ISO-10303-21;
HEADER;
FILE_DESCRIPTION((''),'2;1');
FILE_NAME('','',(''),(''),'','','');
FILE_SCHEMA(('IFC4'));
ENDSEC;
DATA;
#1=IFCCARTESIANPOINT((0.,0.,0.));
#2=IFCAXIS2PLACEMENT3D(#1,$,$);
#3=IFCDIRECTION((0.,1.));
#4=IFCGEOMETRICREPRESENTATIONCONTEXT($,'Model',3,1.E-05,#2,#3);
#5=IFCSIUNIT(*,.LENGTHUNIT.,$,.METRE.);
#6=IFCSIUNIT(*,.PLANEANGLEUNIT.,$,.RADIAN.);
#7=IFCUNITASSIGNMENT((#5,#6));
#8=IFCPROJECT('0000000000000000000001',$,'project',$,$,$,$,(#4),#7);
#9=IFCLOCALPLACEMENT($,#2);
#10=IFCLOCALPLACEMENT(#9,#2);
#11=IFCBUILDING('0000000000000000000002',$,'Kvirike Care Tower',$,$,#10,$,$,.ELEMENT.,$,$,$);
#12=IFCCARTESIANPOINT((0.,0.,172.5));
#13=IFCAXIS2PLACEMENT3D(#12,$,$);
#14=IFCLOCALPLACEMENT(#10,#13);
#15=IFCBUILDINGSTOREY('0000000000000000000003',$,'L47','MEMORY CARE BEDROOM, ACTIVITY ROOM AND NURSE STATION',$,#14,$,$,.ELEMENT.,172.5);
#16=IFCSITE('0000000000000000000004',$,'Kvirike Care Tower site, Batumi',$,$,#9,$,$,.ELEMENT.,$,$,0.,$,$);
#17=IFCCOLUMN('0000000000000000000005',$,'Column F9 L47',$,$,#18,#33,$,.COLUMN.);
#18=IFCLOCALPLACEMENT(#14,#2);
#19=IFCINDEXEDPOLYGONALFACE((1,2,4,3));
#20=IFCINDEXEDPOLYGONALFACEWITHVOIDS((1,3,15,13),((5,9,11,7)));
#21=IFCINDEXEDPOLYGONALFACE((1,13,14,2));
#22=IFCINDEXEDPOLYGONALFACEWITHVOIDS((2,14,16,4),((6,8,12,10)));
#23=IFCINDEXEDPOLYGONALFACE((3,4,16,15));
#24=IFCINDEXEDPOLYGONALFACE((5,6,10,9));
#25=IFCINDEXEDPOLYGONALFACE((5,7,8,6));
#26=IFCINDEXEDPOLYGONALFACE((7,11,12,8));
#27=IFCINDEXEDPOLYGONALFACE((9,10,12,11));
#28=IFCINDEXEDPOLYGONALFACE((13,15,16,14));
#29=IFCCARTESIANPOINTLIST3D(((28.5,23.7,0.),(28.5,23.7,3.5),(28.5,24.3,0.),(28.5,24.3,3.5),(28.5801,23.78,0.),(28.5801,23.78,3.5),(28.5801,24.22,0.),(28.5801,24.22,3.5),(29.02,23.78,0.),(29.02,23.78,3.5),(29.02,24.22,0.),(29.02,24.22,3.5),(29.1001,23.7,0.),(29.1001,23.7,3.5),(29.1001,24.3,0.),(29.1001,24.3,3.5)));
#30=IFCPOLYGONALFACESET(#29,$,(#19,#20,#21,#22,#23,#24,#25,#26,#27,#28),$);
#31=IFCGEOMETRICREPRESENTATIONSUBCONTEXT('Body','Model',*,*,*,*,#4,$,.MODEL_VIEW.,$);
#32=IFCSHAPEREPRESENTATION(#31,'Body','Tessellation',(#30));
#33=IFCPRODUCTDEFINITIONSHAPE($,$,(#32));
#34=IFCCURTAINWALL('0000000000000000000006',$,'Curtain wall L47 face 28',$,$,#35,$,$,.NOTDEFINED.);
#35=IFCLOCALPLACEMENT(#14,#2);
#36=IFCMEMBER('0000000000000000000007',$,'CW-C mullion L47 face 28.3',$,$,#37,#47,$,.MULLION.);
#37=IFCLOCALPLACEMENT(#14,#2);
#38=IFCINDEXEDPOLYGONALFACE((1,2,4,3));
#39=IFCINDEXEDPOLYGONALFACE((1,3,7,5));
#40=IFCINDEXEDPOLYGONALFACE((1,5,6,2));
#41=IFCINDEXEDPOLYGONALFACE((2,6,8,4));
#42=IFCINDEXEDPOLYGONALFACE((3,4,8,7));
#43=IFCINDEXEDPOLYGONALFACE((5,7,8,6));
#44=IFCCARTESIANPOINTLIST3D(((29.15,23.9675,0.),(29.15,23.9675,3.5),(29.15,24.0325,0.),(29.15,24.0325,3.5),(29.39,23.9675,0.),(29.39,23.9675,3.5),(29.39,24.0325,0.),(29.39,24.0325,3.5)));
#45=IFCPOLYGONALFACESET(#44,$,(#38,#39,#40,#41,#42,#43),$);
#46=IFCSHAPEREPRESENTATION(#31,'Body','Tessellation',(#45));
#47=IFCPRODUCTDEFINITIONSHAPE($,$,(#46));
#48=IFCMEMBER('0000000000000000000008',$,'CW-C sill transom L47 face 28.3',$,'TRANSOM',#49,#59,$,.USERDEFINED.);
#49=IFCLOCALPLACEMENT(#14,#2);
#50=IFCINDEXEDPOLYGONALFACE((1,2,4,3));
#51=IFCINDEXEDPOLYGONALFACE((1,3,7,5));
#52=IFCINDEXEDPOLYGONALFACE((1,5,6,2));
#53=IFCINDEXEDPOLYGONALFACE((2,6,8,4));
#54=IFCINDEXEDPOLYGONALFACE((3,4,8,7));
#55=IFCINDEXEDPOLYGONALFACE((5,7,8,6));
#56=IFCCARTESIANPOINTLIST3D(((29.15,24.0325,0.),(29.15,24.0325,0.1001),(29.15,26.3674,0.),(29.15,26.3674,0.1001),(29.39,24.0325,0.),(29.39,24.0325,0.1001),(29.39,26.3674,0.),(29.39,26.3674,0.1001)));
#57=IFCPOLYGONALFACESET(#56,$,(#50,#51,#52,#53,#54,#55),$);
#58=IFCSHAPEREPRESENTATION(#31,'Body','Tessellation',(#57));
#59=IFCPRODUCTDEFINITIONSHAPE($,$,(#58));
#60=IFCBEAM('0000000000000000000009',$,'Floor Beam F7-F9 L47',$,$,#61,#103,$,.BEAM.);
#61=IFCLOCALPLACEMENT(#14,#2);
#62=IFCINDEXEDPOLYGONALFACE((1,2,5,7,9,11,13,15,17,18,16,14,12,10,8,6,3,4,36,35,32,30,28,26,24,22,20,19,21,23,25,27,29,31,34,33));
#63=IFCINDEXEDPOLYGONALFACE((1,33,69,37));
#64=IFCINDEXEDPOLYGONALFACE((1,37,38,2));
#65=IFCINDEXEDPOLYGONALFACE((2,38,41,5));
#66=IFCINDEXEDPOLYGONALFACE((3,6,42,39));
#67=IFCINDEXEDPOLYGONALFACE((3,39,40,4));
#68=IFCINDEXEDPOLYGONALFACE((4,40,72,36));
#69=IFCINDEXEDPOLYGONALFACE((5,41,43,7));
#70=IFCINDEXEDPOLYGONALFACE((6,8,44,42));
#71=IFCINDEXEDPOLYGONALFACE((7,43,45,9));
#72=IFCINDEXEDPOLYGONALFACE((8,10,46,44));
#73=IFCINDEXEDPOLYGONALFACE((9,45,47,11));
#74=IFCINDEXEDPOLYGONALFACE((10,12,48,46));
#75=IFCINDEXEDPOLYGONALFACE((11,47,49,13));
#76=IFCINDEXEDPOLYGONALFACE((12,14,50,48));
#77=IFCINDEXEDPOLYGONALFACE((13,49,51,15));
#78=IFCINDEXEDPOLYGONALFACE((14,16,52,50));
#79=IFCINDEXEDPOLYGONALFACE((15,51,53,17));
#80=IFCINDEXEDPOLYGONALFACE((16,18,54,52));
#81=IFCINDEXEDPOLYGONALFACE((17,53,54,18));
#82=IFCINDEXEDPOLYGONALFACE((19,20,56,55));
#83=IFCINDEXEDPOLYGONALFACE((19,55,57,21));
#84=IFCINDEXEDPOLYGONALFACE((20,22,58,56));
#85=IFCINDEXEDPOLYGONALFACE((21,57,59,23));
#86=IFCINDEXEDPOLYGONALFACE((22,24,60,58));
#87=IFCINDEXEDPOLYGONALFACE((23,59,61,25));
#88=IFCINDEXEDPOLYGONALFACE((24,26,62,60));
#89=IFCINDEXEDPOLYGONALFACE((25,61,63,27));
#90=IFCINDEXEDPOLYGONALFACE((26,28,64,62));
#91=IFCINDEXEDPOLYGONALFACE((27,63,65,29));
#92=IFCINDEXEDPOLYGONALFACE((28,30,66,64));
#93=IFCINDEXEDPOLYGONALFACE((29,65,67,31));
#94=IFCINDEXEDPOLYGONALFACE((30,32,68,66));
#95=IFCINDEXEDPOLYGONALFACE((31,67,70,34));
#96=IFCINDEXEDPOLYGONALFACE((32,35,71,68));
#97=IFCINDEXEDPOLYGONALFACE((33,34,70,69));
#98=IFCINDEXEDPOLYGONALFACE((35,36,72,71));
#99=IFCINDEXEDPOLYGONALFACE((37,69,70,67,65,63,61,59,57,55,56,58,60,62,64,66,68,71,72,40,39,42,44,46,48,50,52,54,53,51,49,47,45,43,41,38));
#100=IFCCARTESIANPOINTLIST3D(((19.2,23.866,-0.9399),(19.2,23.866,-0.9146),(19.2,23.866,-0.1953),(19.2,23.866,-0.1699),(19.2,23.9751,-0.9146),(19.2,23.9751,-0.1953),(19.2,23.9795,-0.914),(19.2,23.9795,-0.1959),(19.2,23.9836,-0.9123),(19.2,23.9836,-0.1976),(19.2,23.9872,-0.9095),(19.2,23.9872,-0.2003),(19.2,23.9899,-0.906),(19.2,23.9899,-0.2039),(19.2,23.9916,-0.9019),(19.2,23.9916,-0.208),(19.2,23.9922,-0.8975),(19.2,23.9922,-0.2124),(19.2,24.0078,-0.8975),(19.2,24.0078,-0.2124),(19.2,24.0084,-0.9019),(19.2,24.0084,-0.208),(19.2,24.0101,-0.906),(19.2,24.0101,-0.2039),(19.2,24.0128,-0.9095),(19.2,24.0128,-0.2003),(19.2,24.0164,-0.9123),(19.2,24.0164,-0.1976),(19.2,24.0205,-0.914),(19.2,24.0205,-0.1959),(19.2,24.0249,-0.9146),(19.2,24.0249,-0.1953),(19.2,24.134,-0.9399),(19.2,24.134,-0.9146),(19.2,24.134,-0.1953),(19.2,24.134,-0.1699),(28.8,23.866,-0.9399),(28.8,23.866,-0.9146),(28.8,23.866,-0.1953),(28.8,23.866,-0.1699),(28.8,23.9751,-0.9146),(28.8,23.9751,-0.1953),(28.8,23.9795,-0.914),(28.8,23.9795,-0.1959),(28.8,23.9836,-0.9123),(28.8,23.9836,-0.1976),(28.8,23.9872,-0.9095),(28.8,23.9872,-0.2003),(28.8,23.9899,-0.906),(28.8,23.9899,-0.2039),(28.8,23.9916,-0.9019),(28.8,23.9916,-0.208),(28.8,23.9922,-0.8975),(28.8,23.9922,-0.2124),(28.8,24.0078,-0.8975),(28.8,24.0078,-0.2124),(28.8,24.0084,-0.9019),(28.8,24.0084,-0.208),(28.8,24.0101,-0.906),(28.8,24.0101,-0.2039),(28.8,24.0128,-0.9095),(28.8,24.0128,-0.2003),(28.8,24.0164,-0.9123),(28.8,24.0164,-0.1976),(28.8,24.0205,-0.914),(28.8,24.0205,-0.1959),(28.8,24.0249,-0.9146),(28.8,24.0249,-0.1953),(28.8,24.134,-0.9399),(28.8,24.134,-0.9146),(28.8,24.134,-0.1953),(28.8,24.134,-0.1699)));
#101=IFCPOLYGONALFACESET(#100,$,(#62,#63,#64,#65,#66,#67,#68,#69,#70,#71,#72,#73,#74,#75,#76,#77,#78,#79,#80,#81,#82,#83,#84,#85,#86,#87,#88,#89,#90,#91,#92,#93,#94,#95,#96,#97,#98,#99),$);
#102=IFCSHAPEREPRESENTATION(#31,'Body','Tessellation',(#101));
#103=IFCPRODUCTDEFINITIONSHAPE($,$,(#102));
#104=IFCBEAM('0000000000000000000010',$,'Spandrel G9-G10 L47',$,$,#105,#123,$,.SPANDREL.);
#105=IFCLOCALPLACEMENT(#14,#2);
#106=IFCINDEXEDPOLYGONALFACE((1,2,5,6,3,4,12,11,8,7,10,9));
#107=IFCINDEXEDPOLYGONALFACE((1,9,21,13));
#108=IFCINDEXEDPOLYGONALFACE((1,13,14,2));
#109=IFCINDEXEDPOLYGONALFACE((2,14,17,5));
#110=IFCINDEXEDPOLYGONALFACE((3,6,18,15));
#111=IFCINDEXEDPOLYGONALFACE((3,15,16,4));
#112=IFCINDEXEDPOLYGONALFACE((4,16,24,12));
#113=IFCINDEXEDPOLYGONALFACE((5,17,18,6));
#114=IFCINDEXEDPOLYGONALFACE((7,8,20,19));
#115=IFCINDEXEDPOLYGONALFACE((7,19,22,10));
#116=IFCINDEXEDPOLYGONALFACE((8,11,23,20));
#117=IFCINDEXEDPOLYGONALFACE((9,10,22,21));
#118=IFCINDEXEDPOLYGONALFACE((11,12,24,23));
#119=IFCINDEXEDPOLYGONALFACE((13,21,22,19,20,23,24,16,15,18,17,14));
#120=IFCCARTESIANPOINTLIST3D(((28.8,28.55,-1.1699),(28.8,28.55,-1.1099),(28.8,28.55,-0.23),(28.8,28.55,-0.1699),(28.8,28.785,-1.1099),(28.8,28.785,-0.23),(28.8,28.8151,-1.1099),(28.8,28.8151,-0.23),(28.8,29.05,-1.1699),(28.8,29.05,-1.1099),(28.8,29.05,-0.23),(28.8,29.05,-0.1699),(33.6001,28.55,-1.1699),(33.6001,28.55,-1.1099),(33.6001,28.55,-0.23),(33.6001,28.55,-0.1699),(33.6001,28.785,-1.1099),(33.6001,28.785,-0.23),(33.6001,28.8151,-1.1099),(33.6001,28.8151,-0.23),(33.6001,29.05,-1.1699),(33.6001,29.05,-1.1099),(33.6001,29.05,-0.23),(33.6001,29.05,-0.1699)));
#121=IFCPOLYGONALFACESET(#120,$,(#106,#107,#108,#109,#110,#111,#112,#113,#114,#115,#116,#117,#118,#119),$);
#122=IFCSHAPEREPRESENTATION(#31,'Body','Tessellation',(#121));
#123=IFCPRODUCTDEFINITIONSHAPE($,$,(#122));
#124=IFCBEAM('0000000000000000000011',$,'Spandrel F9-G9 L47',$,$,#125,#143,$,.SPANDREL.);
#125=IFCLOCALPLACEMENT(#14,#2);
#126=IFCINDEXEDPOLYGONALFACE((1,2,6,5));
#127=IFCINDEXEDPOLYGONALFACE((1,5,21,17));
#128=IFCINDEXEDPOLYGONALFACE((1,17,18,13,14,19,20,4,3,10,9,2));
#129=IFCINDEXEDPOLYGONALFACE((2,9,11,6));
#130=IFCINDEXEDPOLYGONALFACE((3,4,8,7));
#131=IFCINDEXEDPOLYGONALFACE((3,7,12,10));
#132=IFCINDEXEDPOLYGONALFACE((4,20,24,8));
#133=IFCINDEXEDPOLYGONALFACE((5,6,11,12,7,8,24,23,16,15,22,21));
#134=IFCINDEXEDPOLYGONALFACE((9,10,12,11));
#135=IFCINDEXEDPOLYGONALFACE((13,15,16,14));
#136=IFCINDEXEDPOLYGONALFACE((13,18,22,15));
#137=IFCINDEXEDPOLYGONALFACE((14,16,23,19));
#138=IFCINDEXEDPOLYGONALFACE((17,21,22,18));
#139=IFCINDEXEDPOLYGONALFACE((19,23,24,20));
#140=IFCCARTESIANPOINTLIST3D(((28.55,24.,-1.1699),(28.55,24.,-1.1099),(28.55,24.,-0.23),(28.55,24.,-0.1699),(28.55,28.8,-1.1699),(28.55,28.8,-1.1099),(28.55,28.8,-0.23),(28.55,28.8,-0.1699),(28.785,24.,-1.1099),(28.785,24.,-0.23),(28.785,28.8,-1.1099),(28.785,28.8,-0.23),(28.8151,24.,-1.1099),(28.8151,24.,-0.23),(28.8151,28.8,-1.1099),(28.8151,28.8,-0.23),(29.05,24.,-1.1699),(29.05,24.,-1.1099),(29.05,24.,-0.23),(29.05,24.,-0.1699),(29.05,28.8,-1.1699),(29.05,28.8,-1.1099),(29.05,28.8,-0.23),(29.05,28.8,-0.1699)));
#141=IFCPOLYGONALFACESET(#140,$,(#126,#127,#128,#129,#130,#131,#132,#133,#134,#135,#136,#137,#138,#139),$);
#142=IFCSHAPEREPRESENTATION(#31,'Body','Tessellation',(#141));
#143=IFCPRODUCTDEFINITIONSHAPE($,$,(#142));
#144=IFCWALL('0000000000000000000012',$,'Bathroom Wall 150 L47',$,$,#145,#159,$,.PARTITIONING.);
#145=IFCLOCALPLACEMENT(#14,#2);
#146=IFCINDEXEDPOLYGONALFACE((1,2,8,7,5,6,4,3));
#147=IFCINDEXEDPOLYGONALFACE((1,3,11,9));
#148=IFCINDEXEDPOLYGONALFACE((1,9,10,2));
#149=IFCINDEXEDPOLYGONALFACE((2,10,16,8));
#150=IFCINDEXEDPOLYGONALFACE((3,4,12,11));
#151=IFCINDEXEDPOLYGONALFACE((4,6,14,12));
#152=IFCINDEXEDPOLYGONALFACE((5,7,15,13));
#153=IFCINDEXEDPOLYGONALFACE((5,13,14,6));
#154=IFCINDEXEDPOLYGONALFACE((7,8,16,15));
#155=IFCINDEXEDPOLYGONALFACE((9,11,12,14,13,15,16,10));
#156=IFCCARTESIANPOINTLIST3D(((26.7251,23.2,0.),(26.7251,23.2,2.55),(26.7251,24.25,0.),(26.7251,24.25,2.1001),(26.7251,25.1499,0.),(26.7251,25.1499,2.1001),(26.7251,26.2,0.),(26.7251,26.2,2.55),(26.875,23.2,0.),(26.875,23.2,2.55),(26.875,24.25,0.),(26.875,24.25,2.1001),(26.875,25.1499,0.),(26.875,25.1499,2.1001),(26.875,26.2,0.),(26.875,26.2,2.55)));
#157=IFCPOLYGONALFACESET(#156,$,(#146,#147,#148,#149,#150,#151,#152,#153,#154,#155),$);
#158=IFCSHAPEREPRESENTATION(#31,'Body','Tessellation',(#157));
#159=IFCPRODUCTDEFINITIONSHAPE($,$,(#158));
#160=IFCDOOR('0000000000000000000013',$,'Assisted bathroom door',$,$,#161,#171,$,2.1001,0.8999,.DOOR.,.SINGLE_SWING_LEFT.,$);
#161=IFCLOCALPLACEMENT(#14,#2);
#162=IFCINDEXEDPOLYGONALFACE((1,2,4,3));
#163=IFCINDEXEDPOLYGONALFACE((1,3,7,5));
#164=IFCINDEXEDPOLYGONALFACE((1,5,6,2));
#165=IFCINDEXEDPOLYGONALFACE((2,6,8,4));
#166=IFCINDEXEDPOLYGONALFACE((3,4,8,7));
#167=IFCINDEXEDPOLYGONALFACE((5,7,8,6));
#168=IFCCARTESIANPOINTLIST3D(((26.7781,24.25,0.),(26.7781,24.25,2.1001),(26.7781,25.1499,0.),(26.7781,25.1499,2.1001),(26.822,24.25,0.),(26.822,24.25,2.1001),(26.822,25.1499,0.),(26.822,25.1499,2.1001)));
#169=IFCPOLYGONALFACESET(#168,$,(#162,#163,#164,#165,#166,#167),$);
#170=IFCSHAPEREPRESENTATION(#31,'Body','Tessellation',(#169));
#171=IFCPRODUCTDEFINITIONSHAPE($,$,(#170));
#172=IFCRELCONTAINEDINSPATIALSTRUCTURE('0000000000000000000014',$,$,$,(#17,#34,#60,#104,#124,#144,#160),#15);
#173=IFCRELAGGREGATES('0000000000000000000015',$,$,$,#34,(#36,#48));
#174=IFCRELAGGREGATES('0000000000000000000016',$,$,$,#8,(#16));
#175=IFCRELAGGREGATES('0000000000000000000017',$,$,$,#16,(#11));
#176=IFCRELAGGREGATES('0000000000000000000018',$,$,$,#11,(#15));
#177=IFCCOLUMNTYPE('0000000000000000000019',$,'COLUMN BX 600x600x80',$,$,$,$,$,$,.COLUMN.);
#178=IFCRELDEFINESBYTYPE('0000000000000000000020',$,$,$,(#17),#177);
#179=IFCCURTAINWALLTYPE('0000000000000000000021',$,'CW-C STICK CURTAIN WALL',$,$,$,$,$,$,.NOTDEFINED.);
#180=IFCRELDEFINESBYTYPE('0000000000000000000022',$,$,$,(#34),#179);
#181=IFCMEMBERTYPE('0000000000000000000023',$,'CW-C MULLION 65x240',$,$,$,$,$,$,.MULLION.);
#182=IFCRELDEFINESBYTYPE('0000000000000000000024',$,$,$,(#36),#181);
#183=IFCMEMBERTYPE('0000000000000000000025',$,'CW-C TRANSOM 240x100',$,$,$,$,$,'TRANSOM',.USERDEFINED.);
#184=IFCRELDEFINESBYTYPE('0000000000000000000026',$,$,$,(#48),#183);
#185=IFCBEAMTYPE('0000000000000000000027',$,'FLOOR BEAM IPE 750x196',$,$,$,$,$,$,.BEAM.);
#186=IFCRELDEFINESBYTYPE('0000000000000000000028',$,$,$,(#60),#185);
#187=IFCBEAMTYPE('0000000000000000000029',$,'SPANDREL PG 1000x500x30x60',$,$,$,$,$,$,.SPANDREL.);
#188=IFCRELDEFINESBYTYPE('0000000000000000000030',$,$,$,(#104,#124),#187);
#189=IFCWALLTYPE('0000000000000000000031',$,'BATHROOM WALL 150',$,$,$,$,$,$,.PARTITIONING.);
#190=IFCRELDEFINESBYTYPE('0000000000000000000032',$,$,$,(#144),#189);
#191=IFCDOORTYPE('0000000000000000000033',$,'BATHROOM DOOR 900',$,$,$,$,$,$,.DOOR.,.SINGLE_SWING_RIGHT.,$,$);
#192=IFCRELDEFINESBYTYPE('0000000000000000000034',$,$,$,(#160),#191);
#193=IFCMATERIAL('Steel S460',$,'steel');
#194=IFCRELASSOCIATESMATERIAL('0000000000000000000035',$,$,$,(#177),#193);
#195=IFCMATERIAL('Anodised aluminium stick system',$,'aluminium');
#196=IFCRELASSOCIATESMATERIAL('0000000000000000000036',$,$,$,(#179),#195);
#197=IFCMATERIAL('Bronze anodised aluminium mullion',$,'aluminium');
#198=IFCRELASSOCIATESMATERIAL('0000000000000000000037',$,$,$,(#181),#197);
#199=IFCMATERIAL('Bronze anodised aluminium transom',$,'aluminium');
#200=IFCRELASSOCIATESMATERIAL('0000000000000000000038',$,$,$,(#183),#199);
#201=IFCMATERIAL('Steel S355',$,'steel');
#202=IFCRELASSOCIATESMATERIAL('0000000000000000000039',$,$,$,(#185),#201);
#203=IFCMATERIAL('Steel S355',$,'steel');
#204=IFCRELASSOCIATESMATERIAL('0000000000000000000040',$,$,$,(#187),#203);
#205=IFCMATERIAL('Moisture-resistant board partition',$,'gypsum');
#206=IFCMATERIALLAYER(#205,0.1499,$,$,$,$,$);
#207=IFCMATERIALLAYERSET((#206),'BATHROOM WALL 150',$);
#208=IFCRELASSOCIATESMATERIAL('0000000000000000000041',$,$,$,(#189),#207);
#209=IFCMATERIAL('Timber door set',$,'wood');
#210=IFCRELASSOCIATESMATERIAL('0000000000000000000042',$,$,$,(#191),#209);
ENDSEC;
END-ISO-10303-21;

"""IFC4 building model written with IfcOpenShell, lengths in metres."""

from ifc_helpers import new_model, si_unit, direction, frame, frame_2d, origin, origin_2d, place, context, subcontext, project, spatial, rectangle, hollow_rectangle, i_section, extrude, material, layer, layer_set, material_profile, profile_set, type_object, element, fill, aggregate, save


model = new_model("IFC4")

# Units and contexts
model_context = context("Model", 3, precision=1e-05, world=origin(), true_north=direction((0.0, 1.0)))
body_context = subcontext(model_context, "Body", "Model", "MODEL_VIEW")
ifc_project = project(units=[si_unit("LENGTHUNIT", "METRE"), si_unit("PLANEANGLEUNIT", "RADIAN")], contexts=[model_context])

# Site, building, storey
site_placement = place(None, origin())
site = spatial("IfcSite", under=ifc_project, at=site_placement, Name="Kvirike Care Tower site, Batumi", CompositionType="ELEMENT", RefElevation=0.0)
building_placement = place(site_placement, origin())
building = spatial("IfcBuilding", under=site, at=building_placement, Name="Kvirike Care Tower", CompositionType="ELEMENT")
storey_placement = place(building_placement, frame((0.0, 0.0, 172.5)))
storey = spatial("IfcBuildingStorey", under=building, at=storey_placement, Name="L47", Description="MEMORY CARE BEDROOM, ACTIVITY ROOM AND NURSE STATION", CompositionType="ELEMENT", Elevation=172.5)

# Column
ifc_material_1 = material(Name="Steel S460", Category="steel")
ifc_material_profile_1 = material_profile(ifc_material_1, hollow_rectangle(XDim=0.6001, YDim=0.6001, WallThickness=0.0801, at=origin_2d()), Name="BX 600x600x80")
ifc_profile_set_1 = profile_set([ifc_material_profile_1], Name="Steel S460")
column_type = type_object("IfcColumnType", Name="COLUMN BX 600x600x80", PredefinedType="COLUMN", material=ifc_profile_set_1)
column_placement = place(storey_placement, frame((28.8, 24.0, 0.0), z_axis=(0.0, 0.0, 1.0), x_axis=(1.0, 0.0, 0.0)))
element("IfcColumn", 1, at=column_placement, inside=storey, type_object=column_type, Name="Column F9 L47", PredefinedType="COLUMN", context=body_context, shape_type="SweptSolid", body=[
    extrude(hollow_rectangle(XDim=0.6001, YDim=0.6001, WallThickness=0.0801, at=origin_2d()), origin(), (0.0, 0.0, 1.0), 3.5),
])

# Curtain wall, members
ifc_material_2 = material(Name="Anodised aluminium stick system", Category="aluminium")
curtain_wall_type = type_object("IfcCurtainWallType", Name="CW-C STICK CURTAIN WALL", PredefinedType="NOTDEFINED", material=ifc_material_2)
curtain_wall_placement = place(storey_placement, origin())
curtain_wall = element("IfcCurtainWall", 2, at=curtain_wall_placement, inside=storey, type_object=curtain_wall_type, Name="Curtain wall L47 face 28", PredefinedType="NOTDEFINED")
ifc_material_3 = material(Name="Bronze anodised aluminium mullion", Category="aluminium")
ifc_material_profile_2 = material_profile(ifc_material_3, rectangle(XDim=0.0649, YDim=0.24, at=origin_2d()), Name="CW-C MULLION 65x240")
ifc_profile_set_2 = profile_set([ifc_material_profile_2], Name="Bronze anodised aluminium mullion")
member_type_1 = type_object("IfcMemberType", Name="CW-C MULLION 65x240", PredefinedType="MULLION", material=ifc_profile_set_2)
member_1_placement = place(storey_placement, frame((29.27, 24.0, 0.0), z_axis=(0.0, 0.0, 1.0), x_axis=(0.0, 1.0, 0.0)))
member_1 = element("IfcMember", 3, at=member_1_placement, type_object=member_type_1, Name="CW-C mullion L47 face 28.3", PredefinedType="MULLION", context=body_context, shape_type="SweptSolid", body=[
    extrude(rectangle(XDim=0.0649, YDim=0.24, at=origin_2d()), origin(), (0.0, 0.0, 1.0), 3.5),
])
ifc_material_4 = material(Name="Bronze anodised aluminium transom", Category="aluminium")
ifc_material_profile_3 = material_profile(ifc_material_4, rectangle(XDim=0.24, YDim=0.1001, at=origin_2d()), Name="CW-C TRANSOM 240x100")
ifc_profile_set_3 = profile_set([ifc_material_profile_3], Name="Bronze anodised aluminium transom")
member_type_2 = type_object("IfcMemberType", Name="CW-C TRANSOM 240x100", ElementType="TRANSOM", PredefinedType="USERDEFINED", material=ifc_profile_set_3)
member_2_placement = place(storey_placement, frame((29.27, 24.0325, 0.05), z_axis=(0.0, 1.0, 0.0), x_axis=(-1.0, 0.0, 0.0)))
member_2 = element("IfcMember", 4, at=member_2_placement, type_object=member_type_2, Name="CW-C sill transom L47 face 28.3", ObjectType="TRANSOM", PredefinedType="USERDEFINED", context=body_context, shape_type="SweptSolid", body=[
    extrude(rectangle(XDim=0.24, YDim=0.1001, at=origin_2d()), origin(), (0.0, 0.0, 1.0), 2.335),
])
aggregate(curtain_wall, [member_1, member_2])

# Beams
ifc_material_5 = material(Name="Steel S355", Category="steel")
ifc_material_profile_4 = material_profile(ifc_material_5, i_section(OverallWidth=0.2681, OverallDepth=0.77, WebThickness=0.0156, FlangeThickness=0.0254, FilletRadius=0.0171, at=origin_2d()), Name="IPE 750x196")
ifc_profile_set_4 = profile_set([ifc_material_profile_4], Name="Steel S355")
beam_type_1 = type_object("IfcBeamType", Name="FLOOR BEAM IPE 750x196", PredefinedType="BEAM", material=ifc_profile_set_4)
beam_placement = place(storey_placement, frame((19.2, 24.0, -0.5549), z_axis=(1.0, 0.0, 0.0), x_axis=(0.0, 1.0, 0.0)))
element("IfcBeam", 5, at=beam_placement, inside=storey, type_object=beam_type_1, Name="Floor Beam F7-F9 L47", PredefinedType="BEAM", context=body_context, shape_type="SweptSolid", body=[
    extrude(i_section(OverallWidth=0.2681, OverallDepth=0.77, WebThickness=0.0156, FlangeThickness=0.0254, FilletRadius=0.0171, at=origin_2d()), origin(), (0.0, 0.0, 1.0), 9.6001),
])
ifc_material_6 = material(Name="Steel S355", Category="steel")
ifc_material_profile_5 = material_profile(ifc_material_6, i_section(OverallWidth=0.5, OverallDepth=1.0, WebThickness=0.03, FlangeThickness=0.0601, at=origin_2d()), Name="PG 1000x500x30x60")
ifc_profile_set_5 = profile_set([ifc_material_profile_5], Name="Steel S355")
beam_type_2 = type_object("IfcBeamType", Name="SPANDREL PG 1000x500x30x60", PredefinedType="SPANDREL", material=ifc_profile_set_5)
for number, where, z_axis, x_axis, name in (
    (6, (28.8, 28.8, -0.6699), (1.0, 0.0, 0.0), (0.0, 1.0, 0.0), "Spandrel G9-G10 L47"),
    (7, (28.8, 24.0, -0.6699), (0.0, 1.0, 0.0), (-1.0, 0.0, 0.0), "Spandrel F9-G9 L47"),
):
    element("IfcBeam", number, at=place(storey_placement, frame(where, z_axis=z_axis, x_axis=x_axis)), inside=storey, type_object=beam_type_2, Name=name, PredefinedType="SPANDREL", context=body_context, shape_type="SweptSolid", body=[
        extrude(i_section(OverallWidth=0.5, OverallDepth=1.0, WebThickness=0.03, FlangeThickness=0.0601, at=origin_2d()), origin(), (0.0, 0.0, 1.0), 4.8),
    ])

# Wall, opening, door
ifc_material_7 = material(Name="Moisture-resistant board partition", Category="gypsum")
ifc_layer_1 = layer(ifc_material_7, 0.1499)
ifc_layer_set_1 = layer_set([ifc_layer_1], Name="BATHROOM WALL 150")
wall_type_1 = type_object("IfcWallType", Name="BATHROOM WALL 150", PredefinedType="PARTITIONING", material=ifc_layer_set_1)
wall_1_placement = place(storey_placement, frame((26.8, 23.2, 0.0), z_axis=(0.0, 0.0, 1.0), x_axis=(0.0, 1.0, 0.0)))
wall_1 = element("IfcWall", 8, at=wall_1_placement, inside=storey, type_object=wall_type_1, Name="Bathroom Wall 150 L47", PredefinedType="PARTITIONING", context=body_context, shape_type="SweptSolid", body=[
    extrude(rectangle(XDim=3.0, YDim=0.1499, at=frame_2d((1.5, 0.0))), origin(), (0.0, 0.0, 1.0), 2.55),
])
opening_1_placement = place(wall_1_placement, frame((1.05, 0.0, 0.0)))
opening_1 = element("IfcOpeningElement", 9, at=opening_1_placement, cuts=wall_1, PredefinedType="OPENING", context=body_context, shape_type="SweptSolid", body=[
    extrude(rectangle(XDim=0.8999, YDim=2.1001, at=frame_2d((0.45, 1.05))), frame((0.0, 0.0854, 0.0), z_axis=(0.0, -1.0, 0.0), x_axis=(1.0, 0.0, 0.0)), (0.0, 0.0, 1.0), 0.1709),
])
ifc_material_8 = material(Name="Timber door set", Category="wood")
door_type_1 = type_object("IfcDoorType", Name="BATHROOM DOOR 900", OperationType="SINGLE_SWING_RIGHT", PredefinedType="DOOR", material=ifc_material_8)
door_1_placement = place(opening_1_placement, frame((0.8999, 0.0, 0.0), z_axis=(0.0, 0.0, 1.0), x_axis=(-1.0, 0.0, 0.0)))
door_1 = element("IfcDoor", 10, at=door_1_placement, inside=storey, type_object=door_type_1, Name="Assisted bathroom door", OperationType="SINGLE_SWING_LEFT", OverallHeight=2.1001, OverallWidth=0.8999, PredefinedType="DOOR", context=body_context, shape_type="SweptSolid", body=[
    extrude(rectangle(XDim=0.8999, YDim=2.1001, at=frame_2d((0.45, 1.05))), frame((0.0, 0.022, 0.0), z_axis=(0.0, -1.0, 0.0), x_axis=(1.0, 0.0, 0.0)), (0.0, 0.0, 1.0), 0.0439),
])
fill(opening_1, door_1)

save(model, "model.ifc")
